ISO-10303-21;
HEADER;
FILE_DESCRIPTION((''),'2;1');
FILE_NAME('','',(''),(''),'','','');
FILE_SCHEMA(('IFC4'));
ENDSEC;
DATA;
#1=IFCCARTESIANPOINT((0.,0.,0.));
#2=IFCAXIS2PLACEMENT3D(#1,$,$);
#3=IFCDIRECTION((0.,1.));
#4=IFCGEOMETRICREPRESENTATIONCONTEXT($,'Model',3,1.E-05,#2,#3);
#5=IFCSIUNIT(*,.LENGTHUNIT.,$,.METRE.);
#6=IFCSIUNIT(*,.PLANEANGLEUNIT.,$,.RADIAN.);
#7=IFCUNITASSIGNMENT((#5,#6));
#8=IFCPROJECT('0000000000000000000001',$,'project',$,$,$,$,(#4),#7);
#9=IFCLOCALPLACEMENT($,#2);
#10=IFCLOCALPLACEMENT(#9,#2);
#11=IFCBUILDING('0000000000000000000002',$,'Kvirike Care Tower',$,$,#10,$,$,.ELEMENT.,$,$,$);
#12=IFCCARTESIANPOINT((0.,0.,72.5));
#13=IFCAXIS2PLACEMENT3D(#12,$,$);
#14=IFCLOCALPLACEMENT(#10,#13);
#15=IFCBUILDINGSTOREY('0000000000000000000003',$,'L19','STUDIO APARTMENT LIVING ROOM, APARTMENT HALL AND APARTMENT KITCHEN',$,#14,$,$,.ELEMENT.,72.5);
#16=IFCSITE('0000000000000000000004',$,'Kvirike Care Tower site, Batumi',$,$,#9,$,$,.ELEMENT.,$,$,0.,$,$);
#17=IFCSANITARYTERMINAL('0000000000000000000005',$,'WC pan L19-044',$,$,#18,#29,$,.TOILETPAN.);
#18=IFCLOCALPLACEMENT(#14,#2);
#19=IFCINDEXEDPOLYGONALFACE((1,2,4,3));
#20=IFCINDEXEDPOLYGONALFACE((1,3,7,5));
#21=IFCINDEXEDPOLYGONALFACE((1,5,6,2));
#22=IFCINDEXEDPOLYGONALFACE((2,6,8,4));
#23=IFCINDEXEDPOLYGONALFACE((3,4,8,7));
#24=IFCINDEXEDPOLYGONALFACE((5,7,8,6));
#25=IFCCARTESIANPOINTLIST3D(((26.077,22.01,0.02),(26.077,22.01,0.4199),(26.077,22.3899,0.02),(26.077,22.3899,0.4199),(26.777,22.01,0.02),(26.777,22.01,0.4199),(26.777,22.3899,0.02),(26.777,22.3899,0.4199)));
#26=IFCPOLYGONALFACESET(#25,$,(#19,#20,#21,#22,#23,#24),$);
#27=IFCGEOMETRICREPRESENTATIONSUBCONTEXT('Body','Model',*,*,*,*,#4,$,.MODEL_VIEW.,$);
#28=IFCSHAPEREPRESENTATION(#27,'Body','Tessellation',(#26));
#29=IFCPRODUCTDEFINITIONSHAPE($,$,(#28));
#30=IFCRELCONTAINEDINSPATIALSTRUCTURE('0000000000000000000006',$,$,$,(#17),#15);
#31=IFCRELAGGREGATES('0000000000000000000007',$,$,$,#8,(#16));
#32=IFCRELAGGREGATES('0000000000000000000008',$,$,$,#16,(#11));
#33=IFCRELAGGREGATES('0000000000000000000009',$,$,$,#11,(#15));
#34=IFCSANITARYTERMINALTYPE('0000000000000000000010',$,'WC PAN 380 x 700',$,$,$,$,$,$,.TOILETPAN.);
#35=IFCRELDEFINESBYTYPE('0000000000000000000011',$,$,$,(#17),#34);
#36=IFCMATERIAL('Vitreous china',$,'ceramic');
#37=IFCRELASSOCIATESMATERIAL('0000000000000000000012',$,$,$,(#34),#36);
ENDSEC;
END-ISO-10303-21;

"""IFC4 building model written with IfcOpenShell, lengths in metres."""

from ifc_helpers import new_model, si_unit, direction, frame, origin, origin_2d, place, context, subcontext, project, spatial, rectangle, extrude, material, type_object, element, save


model = new_model("IFC4")

# Units and contexts
model_context = context("Model", 3, precision=1e-05, world=origin(), true_north=direction((0.0, 1.0)))
body_context = subcontext(model_context, "Body", "Model", "MODEL_VIEW")
ifc_project = project(units=[si_unit("LENGTHUNIT", "METRE"), si_unit("PLANEANGLEUNIT", "RADIAN")], contexts=[model_context])

# Site, building, storey
site_placement = place(None, origin())
site = spatial("IfcSite", under=ifc_project, at=site_placement, Name="Kvirike Care Tower site, Batumi", CompositionType="ELEMENT", RefElevation=0.0)
building_placement = place(site_placement, origin())
building = spatial("IfcBuilding", under=site, at=building_placement, Name="Kvirike Care Tower", CompositionType="ELEMENT")
storey_placement = place(building_placement, frame((0.0, 0.0, 72.5)))
storey = spatial("IfcBuildingStorey", under=building, at=storey_placement, Name="L19", Description="STUDIO APARTMENT LIVING ROOM, APARTMENT HALL AND APARTMENT KITCHEN", CompositionType="ELEMENT", Elevation=72.5)

# Sanitary terminal
ifc_material_1 = material(Name="Vitreous china", Category="ceramic")
sanitary_terminal_type_1 = type_object("IfcSanitaryTerminalType", Name="WC PAN 380 x 700", PredefinedType="TOILETPAN", material=ifc_material_1)
sanitary_terminal_placement = place(storey_placement, frame((26.427, 22.2, 0.02), z_axis=(0.0, 0.0, 1.0), x_axis=(0.0, 1.0, 0.0)))
element("IfcSanitaryTerminal", 1, at=sanitary_terminal_placement, inside=storey, type_object=sanitary_terminal_type_1, Name="WC pan L19-044", PredefinedType="TOILETPAN", context=body_context, shape_type="SweptSolid", body=[
    extrude(rectangle(XDim=0.3799, YDim=0.7, at=origin_2d()), origin(), (0.0, 0.0, 1.0), 0.3999),
])

save(model, "model.ifc")
